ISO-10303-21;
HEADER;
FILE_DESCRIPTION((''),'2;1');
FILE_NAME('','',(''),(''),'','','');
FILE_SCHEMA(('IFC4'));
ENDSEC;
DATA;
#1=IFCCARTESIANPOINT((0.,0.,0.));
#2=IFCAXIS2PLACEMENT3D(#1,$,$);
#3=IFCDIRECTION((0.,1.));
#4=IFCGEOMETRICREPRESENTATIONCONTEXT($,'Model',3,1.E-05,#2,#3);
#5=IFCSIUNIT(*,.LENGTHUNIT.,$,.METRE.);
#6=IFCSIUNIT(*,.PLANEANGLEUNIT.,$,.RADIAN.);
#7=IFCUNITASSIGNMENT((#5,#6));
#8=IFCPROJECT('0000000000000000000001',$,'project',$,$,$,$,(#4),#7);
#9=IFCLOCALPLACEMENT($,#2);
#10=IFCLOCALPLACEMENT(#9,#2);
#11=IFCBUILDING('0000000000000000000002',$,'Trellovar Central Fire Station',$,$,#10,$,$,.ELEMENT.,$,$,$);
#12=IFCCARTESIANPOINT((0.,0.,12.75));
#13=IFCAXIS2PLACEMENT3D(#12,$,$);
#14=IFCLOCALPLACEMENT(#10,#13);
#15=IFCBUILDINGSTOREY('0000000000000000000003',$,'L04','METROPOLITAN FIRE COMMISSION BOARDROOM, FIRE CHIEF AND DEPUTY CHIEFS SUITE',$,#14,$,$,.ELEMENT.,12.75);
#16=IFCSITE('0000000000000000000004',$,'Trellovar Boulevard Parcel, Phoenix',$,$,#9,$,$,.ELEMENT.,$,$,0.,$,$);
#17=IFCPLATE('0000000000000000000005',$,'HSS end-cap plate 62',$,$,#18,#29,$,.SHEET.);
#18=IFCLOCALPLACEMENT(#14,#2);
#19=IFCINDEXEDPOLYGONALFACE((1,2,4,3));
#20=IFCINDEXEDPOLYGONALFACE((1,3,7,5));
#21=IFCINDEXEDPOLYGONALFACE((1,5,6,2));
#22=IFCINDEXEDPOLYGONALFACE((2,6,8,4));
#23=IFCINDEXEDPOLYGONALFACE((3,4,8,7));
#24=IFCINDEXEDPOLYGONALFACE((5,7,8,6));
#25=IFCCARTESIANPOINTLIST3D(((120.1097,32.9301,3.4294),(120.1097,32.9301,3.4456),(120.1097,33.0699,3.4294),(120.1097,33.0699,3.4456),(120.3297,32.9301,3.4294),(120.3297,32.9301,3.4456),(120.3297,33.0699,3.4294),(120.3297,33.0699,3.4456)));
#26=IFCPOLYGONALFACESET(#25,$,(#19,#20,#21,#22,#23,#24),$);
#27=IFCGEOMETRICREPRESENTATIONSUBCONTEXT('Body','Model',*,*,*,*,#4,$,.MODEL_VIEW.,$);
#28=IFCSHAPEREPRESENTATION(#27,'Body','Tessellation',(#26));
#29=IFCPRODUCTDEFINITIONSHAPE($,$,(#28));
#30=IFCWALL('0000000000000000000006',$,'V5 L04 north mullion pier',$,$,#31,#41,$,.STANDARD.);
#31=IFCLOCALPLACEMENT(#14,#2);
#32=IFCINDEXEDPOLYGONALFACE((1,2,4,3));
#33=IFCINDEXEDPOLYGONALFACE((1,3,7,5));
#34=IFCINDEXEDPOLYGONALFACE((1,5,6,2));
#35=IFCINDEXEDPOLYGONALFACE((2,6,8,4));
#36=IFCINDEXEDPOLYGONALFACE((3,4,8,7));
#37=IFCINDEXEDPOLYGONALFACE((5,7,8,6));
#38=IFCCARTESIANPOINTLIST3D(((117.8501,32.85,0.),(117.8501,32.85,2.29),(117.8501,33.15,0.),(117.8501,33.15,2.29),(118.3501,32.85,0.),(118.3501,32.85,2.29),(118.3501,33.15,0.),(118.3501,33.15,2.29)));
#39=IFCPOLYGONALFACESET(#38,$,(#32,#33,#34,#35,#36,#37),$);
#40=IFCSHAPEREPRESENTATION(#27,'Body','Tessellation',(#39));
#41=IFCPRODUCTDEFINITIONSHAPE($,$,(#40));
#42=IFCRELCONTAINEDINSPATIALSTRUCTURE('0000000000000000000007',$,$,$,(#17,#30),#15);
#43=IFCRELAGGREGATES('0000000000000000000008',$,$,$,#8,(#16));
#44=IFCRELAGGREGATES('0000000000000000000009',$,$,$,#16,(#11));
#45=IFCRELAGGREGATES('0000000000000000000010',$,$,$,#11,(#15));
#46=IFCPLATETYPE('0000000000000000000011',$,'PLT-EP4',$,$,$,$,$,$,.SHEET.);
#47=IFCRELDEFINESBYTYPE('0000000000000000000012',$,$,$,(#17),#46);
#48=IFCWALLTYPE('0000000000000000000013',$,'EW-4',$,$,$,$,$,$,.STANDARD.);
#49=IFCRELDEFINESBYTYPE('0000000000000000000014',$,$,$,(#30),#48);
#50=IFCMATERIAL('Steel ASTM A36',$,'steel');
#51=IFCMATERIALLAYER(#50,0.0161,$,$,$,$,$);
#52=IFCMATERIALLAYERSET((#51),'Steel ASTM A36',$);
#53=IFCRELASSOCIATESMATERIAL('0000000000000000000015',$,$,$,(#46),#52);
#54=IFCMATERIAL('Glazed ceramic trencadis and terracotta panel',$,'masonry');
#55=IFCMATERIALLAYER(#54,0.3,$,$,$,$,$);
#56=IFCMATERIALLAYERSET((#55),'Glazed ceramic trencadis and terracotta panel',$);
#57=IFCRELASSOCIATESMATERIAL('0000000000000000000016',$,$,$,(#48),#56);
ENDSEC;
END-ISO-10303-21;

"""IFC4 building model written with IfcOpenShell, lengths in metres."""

from ifc_helpers import new_model, si_unit, direction, frame, frame_2d, origin, origin_2d, place, context, subcontext, project, spatial, rectangle, extrude, material, layer, layer_set, type_object, element, save


model = new_model("IFC4")

# Units and contexts
model_context = context("Model", 3, precision=1e-05, world=origin(), true_north=direction((0.0, 1.0)))
body_context = subcontext(model_context, "Body", "Model", "MODEL_VIEW")
ifc_project = project(units=[si_unit("LENGTHUNIT", "METRE"), si_unit("PLANEANGLEUNIT", "RADIAN")], contexts=[model_context])

# Site, building, storey
site_placement = place(None, origin())
site = spatial("IfcSite", under=ifc_project, at=site_placement, Name="Trellovar Boulevard Parcel, Phoenix", CompositionType="ELEMENT", RefElevation=0.0)
building_placement = place(site_placement, origin())
building = spatial("IfcBuilding", under=site, at=building_placement, Name="Trellovar Central Fire Station", CompositionType="ELEMENT")
storey_placement = place(building_placement, frame((0.0, 0.0, 12.75)))
storey = spatial("IfcBuildingStorey", under=building, at=storey_placement, Name="L04", Description="METROPOLITAN FIRE COMMISSION BOARDROOM, FIRE CHIEF AND DEPUTY CHIEFS SUITE", CompositionType="ELEMENT", Elevation=12.75)

# Plate
ifc_material_1 = material(Name="Steel ASTM A36", Category="steel")
ifc_layer_1 = layer(ifc_material_1, 0.0161)
ifc_layer_set_1 = layer_set([ifc_layer_1], Name="Steel ASTM A36")
plate_type_1 = type_object("IfcPlateType", Name="PLT-EP4", PredefinedType="SHEET", material=ifc_layer_set_1)
plate_1_placement = place(storey_placement, frame((120.2197, 33.0, 3.4294), z_axis=(0.0, 0.0, 1.0), x_axis=(1.0, 0.0, 0.0)))
element("IfcPlate", 1, at=plate_1_placement, inside=storey, type_object=plate_type_1, Name="HSS end-cap plate 62", PredefinedType="SHEET", context=body_context, shape_type="SweptSolid", body=[
    extrude(rectangle(XDim=0.22, YDim=0.1399, at=origin_2d()), origin(), (0.0, 0.0, 1.0), 0.0161),
])

# Wall
ifc_material_2 = material(Name="Glazed ceramic trencadis and terracotta panel", Category="masonry")
ifc_layer_2 = layer(ifc_material_2, 0.3)
ifc_layer_set_2 = layer_set([ifc_layer_2], Name="Glazed ceramic trencadis and terracotta panel")
wall_type = type_object("IfcWallType", Name="EW-4", PredefinedType="STANDARD", material=ifc_layer_set_2)
wall_placement = place(storey_placement, frame((118.3501, 33.0, 0.0), z_axis=(0.0, 0.0, 1.0), x_axis=(-1.0, 0.0, 0.0)))
element("IfcWall", 2, at=wall_placement, inside=storey, type_object=wall_type, Name="V5 L04 north mullion pier", PredefinedType="STANDARD", context=body_context, shape_type="SweptSolid", body=[
    extrude(rectangle(XDim=0.5, YDim=0.3, at=frame_2d((0.25, 0.0))), origin(), (0.0, 0.0, 1.0), 2.29),
])

save(model, "model.ifc")
